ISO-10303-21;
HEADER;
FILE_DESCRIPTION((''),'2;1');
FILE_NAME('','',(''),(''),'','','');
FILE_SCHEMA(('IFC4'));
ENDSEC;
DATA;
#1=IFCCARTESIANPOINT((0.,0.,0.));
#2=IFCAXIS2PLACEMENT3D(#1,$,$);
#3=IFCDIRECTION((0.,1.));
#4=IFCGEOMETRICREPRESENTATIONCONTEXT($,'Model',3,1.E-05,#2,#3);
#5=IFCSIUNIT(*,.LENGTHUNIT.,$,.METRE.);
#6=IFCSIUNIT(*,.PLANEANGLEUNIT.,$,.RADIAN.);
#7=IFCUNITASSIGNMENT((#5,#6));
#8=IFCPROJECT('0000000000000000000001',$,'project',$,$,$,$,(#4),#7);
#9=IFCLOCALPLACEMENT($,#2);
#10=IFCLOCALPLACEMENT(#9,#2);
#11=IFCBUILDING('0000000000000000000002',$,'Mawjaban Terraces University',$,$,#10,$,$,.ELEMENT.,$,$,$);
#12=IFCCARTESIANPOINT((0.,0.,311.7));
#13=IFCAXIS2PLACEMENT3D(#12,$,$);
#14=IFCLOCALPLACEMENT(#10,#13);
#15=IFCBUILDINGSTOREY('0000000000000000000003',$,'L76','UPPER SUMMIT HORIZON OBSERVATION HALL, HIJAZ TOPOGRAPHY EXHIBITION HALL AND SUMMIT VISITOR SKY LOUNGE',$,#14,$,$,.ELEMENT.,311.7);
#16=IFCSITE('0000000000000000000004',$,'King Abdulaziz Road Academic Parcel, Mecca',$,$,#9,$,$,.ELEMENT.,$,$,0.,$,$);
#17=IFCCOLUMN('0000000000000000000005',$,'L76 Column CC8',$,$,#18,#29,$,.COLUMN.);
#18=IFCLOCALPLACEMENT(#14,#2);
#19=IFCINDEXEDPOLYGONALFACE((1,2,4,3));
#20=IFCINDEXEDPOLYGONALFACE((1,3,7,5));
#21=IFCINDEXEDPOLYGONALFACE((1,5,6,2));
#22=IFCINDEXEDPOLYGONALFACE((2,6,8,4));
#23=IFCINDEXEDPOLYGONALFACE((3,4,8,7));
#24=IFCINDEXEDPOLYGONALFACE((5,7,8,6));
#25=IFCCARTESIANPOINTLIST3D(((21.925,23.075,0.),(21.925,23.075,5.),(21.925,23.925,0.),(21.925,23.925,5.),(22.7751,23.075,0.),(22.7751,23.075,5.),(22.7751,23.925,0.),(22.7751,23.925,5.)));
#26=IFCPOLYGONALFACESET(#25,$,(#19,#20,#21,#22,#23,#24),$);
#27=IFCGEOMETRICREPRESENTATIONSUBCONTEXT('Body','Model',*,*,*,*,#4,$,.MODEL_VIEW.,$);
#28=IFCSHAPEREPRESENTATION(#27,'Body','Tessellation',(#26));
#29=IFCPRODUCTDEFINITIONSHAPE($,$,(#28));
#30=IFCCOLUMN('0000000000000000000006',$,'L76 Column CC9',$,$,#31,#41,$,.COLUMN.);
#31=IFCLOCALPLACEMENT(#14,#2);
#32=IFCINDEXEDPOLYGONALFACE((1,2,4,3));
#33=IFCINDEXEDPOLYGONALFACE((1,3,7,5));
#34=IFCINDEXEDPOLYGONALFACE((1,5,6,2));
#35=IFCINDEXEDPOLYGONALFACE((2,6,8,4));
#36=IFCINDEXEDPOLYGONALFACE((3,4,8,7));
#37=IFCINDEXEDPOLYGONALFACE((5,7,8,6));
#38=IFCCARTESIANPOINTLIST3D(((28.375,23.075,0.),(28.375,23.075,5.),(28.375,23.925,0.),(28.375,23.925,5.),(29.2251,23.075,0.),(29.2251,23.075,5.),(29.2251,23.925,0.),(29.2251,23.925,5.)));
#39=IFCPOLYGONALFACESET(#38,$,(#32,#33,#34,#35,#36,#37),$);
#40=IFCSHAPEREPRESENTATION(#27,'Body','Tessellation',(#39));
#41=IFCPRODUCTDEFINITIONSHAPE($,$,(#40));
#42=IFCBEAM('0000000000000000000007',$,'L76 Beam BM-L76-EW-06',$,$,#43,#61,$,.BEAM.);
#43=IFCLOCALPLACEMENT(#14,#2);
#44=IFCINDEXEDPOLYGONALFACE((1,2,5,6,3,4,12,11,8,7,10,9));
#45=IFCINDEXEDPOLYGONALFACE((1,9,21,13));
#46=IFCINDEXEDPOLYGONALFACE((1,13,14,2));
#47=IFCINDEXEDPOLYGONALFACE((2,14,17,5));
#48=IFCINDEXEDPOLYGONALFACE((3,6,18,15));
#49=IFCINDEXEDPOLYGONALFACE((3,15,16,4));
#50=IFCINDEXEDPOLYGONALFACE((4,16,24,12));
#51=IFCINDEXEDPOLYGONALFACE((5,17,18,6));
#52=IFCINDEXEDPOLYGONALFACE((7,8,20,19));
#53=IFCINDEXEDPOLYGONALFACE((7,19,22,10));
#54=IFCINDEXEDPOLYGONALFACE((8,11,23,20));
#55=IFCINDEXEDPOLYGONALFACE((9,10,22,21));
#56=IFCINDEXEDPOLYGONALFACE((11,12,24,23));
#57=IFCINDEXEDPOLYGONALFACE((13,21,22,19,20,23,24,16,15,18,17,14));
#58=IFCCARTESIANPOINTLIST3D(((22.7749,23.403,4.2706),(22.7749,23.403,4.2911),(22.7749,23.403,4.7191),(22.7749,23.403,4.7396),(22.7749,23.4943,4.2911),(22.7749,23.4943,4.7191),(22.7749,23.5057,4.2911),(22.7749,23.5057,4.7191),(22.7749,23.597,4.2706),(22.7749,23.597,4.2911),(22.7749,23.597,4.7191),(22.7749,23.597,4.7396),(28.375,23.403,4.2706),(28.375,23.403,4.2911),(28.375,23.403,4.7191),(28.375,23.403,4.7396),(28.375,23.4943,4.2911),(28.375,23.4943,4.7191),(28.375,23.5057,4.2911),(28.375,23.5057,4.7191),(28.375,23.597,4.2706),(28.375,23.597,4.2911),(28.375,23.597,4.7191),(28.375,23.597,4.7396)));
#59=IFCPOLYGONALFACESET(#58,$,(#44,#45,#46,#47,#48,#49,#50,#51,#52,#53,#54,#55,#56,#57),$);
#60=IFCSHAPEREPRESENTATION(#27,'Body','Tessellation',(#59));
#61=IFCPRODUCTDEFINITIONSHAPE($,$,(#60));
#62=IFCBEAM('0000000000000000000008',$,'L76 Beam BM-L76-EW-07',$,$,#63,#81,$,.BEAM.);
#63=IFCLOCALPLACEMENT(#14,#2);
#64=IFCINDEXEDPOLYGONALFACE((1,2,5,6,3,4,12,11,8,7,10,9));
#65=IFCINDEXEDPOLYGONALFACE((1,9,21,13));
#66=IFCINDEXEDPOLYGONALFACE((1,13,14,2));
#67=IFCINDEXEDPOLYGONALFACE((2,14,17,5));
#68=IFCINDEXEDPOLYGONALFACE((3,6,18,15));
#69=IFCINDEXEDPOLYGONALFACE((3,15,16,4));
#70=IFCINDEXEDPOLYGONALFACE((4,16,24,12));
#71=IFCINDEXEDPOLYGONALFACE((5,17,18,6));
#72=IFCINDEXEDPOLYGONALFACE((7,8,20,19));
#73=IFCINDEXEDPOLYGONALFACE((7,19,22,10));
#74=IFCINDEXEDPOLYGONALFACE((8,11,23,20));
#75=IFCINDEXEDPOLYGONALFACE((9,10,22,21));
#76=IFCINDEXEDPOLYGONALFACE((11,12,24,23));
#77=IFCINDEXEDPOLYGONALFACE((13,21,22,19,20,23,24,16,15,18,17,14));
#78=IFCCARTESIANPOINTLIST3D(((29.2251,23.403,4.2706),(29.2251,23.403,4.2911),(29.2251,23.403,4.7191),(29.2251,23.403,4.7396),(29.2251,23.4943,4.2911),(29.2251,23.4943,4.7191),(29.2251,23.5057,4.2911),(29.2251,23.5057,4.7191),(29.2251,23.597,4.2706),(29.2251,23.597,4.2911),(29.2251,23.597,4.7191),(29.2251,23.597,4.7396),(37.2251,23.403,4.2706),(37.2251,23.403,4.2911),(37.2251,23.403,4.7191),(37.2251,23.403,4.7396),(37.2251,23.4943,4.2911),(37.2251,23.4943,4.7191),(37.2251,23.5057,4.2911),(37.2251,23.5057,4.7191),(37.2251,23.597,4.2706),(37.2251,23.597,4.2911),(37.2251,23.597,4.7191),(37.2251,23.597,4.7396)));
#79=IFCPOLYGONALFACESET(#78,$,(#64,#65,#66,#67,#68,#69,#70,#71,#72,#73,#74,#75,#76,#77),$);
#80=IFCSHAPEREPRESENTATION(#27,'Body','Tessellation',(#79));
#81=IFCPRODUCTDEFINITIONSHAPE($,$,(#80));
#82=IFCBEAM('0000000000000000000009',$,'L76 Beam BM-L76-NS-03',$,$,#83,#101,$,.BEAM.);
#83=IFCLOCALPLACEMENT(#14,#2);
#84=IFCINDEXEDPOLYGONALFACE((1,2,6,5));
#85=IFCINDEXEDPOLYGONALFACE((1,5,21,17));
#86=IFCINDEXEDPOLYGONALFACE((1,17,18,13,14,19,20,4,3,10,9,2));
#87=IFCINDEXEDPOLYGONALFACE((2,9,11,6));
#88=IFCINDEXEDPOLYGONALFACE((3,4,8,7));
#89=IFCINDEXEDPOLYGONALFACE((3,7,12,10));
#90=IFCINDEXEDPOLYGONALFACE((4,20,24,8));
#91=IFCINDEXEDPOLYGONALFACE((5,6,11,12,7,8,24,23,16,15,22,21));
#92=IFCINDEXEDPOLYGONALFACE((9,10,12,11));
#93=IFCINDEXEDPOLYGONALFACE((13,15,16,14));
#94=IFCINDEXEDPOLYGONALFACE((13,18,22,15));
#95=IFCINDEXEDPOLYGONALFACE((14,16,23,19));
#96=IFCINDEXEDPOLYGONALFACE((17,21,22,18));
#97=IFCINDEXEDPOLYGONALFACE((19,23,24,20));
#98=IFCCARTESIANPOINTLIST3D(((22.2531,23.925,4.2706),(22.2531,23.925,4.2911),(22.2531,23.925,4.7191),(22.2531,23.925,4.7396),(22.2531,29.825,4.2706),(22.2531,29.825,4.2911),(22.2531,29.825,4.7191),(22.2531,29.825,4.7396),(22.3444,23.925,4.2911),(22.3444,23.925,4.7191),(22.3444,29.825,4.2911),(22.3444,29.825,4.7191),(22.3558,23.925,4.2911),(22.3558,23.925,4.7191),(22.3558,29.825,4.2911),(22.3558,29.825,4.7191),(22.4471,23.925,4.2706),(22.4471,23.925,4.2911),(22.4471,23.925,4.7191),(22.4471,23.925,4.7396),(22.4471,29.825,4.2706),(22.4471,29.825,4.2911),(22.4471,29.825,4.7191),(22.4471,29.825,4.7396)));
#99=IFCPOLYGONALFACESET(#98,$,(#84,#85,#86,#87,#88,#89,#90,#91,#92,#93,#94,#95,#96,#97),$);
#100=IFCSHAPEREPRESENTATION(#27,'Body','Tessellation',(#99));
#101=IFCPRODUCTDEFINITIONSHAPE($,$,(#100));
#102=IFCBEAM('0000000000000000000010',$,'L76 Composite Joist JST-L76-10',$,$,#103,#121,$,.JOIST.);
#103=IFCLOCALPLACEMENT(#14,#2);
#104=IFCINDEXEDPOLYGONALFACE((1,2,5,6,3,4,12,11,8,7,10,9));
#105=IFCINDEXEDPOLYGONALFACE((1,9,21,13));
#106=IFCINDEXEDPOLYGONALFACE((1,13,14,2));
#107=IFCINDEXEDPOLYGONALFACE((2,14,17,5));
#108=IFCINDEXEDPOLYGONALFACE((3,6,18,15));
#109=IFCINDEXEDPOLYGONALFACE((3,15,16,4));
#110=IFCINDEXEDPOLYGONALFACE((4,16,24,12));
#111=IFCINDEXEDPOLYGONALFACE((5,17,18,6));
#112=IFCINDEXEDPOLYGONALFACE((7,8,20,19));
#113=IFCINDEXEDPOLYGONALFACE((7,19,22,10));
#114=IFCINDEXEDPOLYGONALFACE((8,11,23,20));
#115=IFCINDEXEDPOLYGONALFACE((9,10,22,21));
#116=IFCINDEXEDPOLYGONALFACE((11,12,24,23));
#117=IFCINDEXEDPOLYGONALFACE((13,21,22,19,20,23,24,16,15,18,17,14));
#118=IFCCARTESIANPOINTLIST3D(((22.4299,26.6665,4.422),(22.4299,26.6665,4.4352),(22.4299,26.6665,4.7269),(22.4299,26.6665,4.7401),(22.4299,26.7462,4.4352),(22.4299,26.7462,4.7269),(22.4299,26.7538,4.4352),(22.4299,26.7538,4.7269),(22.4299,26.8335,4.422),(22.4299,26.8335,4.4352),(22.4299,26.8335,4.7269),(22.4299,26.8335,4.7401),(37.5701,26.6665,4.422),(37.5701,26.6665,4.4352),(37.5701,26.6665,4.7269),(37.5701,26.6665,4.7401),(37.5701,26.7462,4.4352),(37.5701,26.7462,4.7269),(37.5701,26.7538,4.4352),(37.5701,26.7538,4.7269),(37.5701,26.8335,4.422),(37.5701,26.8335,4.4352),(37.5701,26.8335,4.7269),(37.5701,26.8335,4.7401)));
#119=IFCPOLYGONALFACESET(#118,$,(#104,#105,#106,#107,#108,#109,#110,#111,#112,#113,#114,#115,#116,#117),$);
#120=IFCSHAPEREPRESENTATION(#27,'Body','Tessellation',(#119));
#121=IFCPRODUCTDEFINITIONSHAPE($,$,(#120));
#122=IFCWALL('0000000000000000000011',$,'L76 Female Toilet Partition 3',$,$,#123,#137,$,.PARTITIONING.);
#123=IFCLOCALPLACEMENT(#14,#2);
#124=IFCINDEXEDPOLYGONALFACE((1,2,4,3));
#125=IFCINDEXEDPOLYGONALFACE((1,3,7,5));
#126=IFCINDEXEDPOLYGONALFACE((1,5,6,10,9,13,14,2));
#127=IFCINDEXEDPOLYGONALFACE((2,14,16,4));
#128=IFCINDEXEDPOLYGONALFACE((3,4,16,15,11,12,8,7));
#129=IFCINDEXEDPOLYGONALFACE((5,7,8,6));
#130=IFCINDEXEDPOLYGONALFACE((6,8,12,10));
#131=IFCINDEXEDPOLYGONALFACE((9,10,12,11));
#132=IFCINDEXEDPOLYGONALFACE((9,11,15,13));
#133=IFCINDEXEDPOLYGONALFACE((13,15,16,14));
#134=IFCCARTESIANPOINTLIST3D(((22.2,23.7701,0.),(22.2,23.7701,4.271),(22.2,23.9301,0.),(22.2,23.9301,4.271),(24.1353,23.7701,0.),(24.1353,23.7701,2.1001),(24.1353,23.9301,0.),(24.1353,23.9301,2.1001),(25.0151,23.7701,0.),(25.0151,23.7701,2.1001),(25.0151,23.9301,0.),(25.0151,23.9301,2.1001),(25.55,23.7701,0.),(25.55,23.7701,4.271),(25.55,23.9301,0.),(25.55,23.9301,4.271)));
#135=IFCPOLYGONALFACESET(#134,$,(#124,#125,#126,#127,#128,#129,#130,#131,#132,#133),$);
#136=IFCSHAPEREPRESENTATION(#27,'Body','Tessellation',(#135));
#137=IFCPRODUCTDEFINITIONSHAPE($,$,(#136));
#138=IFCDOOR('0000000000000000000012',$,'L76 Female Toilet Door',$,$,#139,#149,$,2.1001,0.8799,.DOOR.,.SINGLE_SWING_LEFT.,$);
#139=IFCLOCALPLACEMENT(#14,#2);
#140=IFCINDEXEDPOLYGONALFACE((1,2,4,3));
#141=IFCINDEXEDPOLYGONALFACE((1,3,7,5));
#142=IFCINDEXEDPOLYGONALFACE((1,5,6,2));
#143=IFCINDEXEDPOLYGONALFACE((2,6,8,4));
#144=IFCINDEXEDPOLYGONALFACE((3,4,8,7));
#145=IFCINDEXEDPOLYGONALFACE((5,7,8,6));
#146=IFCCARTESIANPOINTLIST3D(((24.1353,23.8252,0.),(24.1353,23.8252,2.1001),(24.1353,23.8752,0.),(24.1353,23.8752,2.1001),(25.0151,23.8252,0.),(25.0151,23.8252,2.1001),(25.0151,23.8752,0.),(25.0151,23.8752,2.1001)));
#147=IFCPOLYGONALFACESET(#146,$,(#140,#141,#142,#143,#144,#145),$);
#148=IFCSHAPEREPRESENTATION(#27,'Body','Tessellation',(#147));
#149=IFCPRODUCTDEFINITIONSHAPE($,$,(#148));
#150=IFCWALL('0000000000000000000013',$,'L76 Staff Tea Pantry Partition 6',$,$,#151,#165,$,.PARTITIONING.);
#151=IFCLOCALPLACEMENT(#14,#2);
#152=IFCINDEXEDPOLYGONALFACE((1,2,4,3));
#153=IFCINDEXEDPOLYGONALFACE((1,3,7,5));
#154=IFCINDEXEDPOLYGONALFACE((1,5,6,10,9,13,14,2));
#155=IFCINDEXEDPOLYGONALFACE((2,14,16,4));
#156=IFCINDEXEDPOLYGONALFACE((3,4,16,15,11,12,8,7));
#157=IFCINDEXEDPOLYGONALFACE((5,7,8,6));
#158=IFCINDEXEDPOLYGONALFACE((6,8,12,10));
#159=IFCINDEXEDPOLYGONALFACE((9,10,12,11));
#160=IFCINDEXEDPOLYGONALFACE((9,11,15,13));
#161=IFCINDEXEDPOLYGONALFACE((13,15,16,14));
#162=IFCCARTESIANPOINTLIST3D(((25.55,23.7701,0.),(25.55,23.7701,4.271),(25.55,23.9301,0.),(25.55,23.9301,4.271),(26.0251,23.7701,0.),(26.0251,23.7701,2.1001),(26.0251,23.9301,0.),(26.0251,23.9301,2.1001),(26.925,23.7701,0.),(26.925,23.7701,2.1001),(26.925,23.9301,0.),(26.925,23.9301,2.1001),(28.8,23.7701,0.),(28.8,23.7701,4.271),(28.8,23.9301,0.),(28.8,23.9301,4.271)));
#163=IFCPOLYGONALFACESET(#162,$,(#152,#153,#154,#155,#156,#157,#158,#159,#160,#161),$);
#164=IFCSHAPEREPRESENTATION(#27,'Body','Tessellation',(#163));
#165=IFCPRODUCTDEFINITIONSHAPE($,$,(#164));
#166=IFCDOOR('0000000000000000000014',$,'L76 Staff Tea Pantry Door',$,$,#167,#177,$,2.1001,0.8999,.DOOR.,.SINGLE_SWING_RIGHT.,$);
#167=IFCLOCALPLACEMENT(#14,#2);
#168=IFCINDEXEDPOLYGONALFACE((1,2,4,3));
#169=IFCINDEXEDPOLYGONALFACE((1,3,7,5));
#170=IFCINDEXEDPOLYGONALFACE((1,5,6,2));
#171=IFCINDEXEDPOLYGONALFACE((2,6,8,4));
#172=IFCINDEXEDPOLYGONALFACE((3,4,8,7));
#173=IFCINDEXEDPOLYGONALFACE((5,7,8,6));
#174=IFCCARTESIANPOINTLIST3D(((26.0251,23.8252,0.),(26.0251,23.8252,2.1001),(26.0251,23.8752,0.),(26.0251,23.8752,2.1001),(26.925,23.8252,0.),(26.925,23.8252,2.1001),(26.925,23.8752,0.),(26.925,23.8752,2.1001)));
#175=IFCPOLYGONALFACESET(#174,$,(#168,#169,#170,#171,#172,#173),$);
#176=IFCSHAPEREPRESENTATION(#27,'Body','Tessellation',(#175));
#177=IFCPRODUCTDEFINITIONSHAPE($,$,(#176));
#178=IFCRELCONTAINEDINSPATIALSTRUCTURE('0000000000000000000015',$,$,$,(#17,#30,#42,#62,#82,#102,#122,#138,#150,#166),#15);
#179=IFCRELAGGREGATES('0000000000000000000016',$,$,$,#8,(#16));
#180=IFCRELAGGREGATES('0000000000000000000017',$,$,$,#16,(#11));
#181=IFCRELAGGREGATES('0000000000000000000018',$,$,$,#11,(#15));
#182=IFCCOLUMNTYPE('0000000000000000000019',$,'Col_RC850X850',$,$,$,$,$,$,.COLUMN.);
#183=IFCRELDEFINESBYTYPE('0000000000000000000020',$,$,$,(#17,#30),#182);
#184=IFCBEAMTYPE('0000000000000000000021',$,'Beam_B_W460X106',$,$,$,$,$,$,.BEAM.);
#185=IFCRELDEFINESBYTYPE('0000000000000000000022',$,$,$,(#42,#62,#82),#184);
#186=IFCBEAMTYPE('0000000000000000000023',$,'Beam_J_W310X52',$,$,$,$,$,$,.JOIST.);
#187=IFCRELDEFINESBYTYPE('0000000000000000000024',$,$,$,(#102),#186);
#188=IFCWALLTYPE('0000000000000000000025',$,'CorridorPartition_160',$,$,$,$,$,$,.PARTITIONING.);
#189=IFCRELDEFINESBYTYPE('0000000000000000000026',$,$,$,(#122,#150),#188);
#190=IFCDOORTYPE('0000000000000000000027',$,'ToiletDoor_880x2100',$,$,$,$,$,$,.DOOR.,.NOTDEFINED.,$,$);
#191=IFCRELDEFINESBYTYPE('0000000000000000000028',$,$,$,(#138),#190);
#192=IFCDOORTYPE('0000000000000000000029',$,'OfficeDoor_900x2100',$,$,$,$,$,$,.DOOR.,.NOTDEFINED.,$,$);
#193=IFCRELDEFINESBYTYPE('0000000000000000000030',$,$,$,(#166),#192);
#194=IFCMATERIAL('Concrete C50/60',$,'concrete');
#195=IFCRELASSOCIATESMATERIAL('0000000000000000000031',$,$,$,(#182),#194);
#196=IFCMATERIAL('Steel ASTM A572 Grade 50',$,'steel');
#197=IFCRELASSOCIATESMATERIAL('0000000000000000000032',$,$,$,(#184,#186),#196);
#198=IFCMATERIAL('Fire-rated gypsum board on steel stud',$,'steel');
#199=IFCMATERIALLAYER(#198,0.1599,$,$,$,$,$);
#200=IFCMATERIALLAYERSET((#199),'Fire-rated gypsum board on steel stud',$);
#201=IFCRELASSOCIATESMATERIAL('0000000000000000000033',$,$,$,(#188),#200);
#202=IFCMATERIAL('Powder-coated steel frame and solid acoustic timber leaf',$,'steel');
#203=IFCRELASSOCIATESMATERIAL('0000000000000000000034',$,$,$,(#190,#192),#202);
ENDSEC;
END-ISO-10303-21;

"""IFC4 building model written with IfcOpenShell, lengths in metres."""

from ifc_helpers import new_model, si_unit, direction, frame, frame_2d, origin, origin_2d, place, context, subcontext, project, spatial, rectangle, i_section, extrude, material, layer, layer_set, material_profile, profile_set, type_object, element, fill, save


model = new_model("IFC4")

# Units and contexts
model_context = context("Model", 3, precision=1e-05, world=origin(), true_north=direction((0.0, 1.0)))
body_context = subcontext(model_context, "Body", "Model", "MODEL_VIEW")
ifc_project = project(units=[si_unit("LENGTHUNIT", "METRE"), si_unit("PLANEANGLEUNIT", "RADIAN")], contexts=[model_context])

# Site, building, storey
site_placement = place(None, origin())
site = spatial("IfcSite", under=ifc_project, at=site_placement, Name="King Abdulaziz Road Academic Parcel, Mecca", CompositionType="ELEMENT", RefElevation=0.0)
building_placement = place(site_placement, origin())
building = spatial("IfcBuilding", under=site, at=building_placement, Name="Mawjaban Terraces University", CompositionType="ELEMENT")
storey_placement = place(building_placement, frame((0.0, 0.0, 311.7)))
storey = spatial("IfcBuildingStorey", under=building, at=storey_placement, Name="L76", Description="UPPER SUMMIT HORIZON OBSERVATION HALL, HIJAZ TOPOGRAPHY EXHIBITION HALL AND SUMMIT VISITOR SKY LOUNGE", CompositionType="ELEMENT", Elevation=311.7)

# Columns
ifc_material_1 = material(Name="Concrete C50/60", Category="concrete")
ifc_material_profile_1 = material_profile(ifc_material_1, rectangle(XDim=0.8501, YDim=0.8501, at=origin_2d()), Name="RC850X850")
ifc_profile_set_1 = profile_set([ifc_material_profile_1], Name="Concrete C50/60")
column_type = type_object("IfcColumnType", Name="Col_RC850X850", PredefinedType="COLUMN", material=ifc_profile_set_1)
for number, where, z_axis, x_axis, name in (
    (1, (22.3501, 23.5, 0.0), (0.0, 0.0, 1.0), (1.0, 0.0, 0.0), "L76 Column CC8"),
    (2, (28.8, 23.5, 0.0), (0.0, 0.0, 1.0), (1.0, 0.0, 0.0), "L76 Column CC9"),
):
    element("IfcColumn", number, at=place(storey_placement, frame(where, z_axis=z_axis, x_axis=x_axis)), inside=storey, type_object=column_type, Name=name, PredefinedType="COLUMN", context=body_context, shape_type="SweptSolid", body=[
        extrude(rectangle(XDim=0.8501, YDim=0.8501, at=origin_2d()), origin(), (0.0, 0.0, 1.0), 5.0),
    ])

# Beams
ifc_material_2 = material(Name="Steel ASTM A572 Grade 50", Category="steel")
ifc_material_profile_2 = material_profile(ifc_material_2, i_section(OverallWidth=0.1941, OverallDepth=0.469, WebThickness=0.0115, FlangeThickness=0.0205, at=origin_2d()), Name="W460X106")
ifc_profile_set_2 = profile_set([ifc_material_profile_2], Name="Steel ASTM A572 Grade 50")
beam_type_1 = type_object("IfcBeamType", Name="Beam_B_W460X106", PredefinedType="BEAM", material=ifc_profile_set_2)
beam_1_placement = place(storey_placement, frame((22.7749, 23.5, 4.5051), z_axis=(1.0, 0.0, 0.0), x_axis=(0.0, 1.0, 0.0)))
element("IfcBeam", 3, at=beam_1_placement, inside=storey, type_object=beam_type_1, Name="L76 Beam BM-L76-EW-06", PredefinedType="BEAM", context=body_context, shape_type="SweptSolid", body=[
    extrude(i_section(OverallWidth=0.1941, OverallDepth=0.469, WebThickness=0.0115, FlangeThickness=0.0205, at=origin_2d()), origin(), (0.0, 0.0, 1.0), 5.6001),
])
beam_2_placement = place(storey_placement, frame((29.2251, 23.5, 4.5051), z_axis=(1.0, 0.0, 0.0), x_axis=(0.0, 1.0, 0.0)))
element("IfcBeam", 4, at=beam_2_placement, inside=storey, type_object=beam_type_1, Name="L76 Beam BM-L76-EW-07", PredefinedType="BEAM", context=body_context, shape_type="SweptSolid", body=[
    extrude(i_section(OverallWidth=0.1941, OverallDepth=0.469, WebThickness=0.0115, FlangeThickness=0.0205, at=origin_2d()), origin(), (0.0, 0.0, 1.0), 8.0),
])
beam_3_placement = place(storey_placement, frame((22.3501, 23.925, 4.5051), z_axis=(0.0, 1.0, 0.0), x_axis=(-1.0, 0.0, 0.0)))
element("IfcBeam", 5, at=beam_3_placement, inside=storey, type_object=beam_type_1, Name="L76 Beam BM-L76-NS-03", PredefinedType="BEAM", context=body_context, shape_type="SweptSolid", body=[
    extrude(i_section(OverallWidth=0.1941, OverallDepth=0.469, WebThickness=0.0115, FlangeThickness=0.0205, at=origin_2d()), origin(), (0.0, 0.0, 1.0), 5.8999),
])
ifc_material_profile_3 = material_profile(ifc_material_2, i_section(OverallWidth=0.167, OverallDepth=0.3181, WebThickness=0.0076, FlangeThickness=0.0132, at=origin_2d()), Name="W310X52")
ifc_profile_set_3 = profile_set([ifc_material_profile_3], Name="Steel ASTM A572 Grade 50")
beam_type_2 = type_object("IfcBeamType", Name="Beam_J_W310X52", PredefinedType="JOIST", material=ifc_profile_set_3)
beam_4_placement = place(storey_placement, frame((22.4299, 26.75, 4.5811), z_axis=(1.0, 0.0, 0.0), x_axis=(0.0, 1.0, 0.0)))
element("IfcBeam", 6, at=beam_4_placement, inside=storey, type_object=beam_type_2, Name="L76 Composite Joist JST-L76-10", PredefinedType="JOIST", context=body_context, shape_type="SweptSolid", body=[
    extrude(i_section(OverallWidth=0.167, OverallDepth=0.3181, WebThickness=0.0076, FlangeThickness=0.0132, at=origin_2d()), origin(), (0.0, 0.0, 1.0), 15.1401),
])

# Walls, openings, doors
ifc_material_3 = material(Name="Fire-rated gypsum board on steel stud", Category="steel")
ifc_layer_1 = layer(ifc_material_3, 0.1599)
ifc_layer_set_1 = layer_set([ifc_layer_1], Name="Fire-rated gypsum board on steel stud")
wall_type_1 = type_object("IfcWallType", Name="CorridorPartition_160", PredefinedType="PARTITIONING", material=ifc_layer_set_1)
wall_1_placement = place(storey_placement, frame((25.55, 23.8501, 0.0), z_axis=(0.0, 0.0, 1.0), x_axis=(-1.0, 0.0, 0.0)))
wall_1 = element("IfcWall", 7, at=wall_1_placement, inside=storey, type_object=wall_type_1, Name="L76 Female Toilet Partition 3", PredefinedType="PARTITIONING", context=body_context, shape_type="SweptSolid", body=[
    extrude(rectangle(XDim=3.3501, YDim=0.1599, at=frame_2d((1.675, 0.0))), origin(), (0.0, 0.0, 1.0), 4.271),
])
opening_1_placement = place(wall_1_placement, frame((0.5349, 0.0, 0.0)))
opening_1 = element("IfcOpeningElement", 8, at=opening_1_placement, cuts=wall_1, PredefinedType="OPENING", context=body_context, shape_type="SweptSolid", body=[
    extrude(rectangle(XDim=0.8799, YDim=2.1001, at=frame_2d((0.4399, 1.05))), frame((0.0, 0.0898, 0.0), z_axis=(0.0, -1.0, 0.0), x_axis=(1.0, 0.0, 0.0)), (0.0, 0.0, 1.0), 0.1799),
])
ifc_material_4 = material(Name="Powder-coated steel frame and solid acoustic timber leaf", Category="steel")
door_type_1 = type_object("IfcDoorType", Name="ToiletDoor_880x2100", OperationType="NOTDEFINED", PredefinedType="DOOR", material=ifc_material_4)
door_1_placement = place(opening_1_placement, origin())
door_1 = element("IfcDoor", 9, at=door_1_placement, inside=storey, type_object=door_type_1, Name="L76 Female Toilet Door", OperationType="SINGLE_SWING_LEFT", OverallHeight=2.1001, OverallWidth=0.8799, PredefinedType="DOOR", context=body_context, shape_type="SweptSolid", body=[
    extrude(rectangle(XDim=0.8799, YDim=2.1001, at=frame_2d((0.4399, 1.05))), frame((0.0, 0.0249, 0.0), z_axis=(0.0, -1.0, 0.0), x_axis=(1.0, 0.0, 0.0)), (0.0, 0.0, 1.0), 0.05),
])
fill(opening_1, door_1)
wall_2_placement = place(storey_placement, frame((28.8, 23.8501, 0.0), z_axis=(0.0, 0.0, 1.0), x_axis=(-1.0, 0.0, 0.0)))
wall_2 = element("IfcWall", 10, at=wall_2_placement, inside=storey, type_object=wall_type_1, Name="L76 Staff Tea Pantry Partition 6", PredefinedType="PARTITIONING", context=body_context, shape_type="SweptSolid", body=[
    extrude(rectangle(XDim=3.25, YDim=0.1599, at=frame_2d((1.625, 0.0))), origin(), (0.0, 0.0, 1.0), 4.271),
])
opening_2_placement = place(wall_2_placement, frame((1.875, 0.0, 0.0)))
opening_2 = element("IfcOpeningElement", 11, at=opening_2_placement, cuts=wall_2, PredefinedType="OPENING", context=body_context, shape_type="SweptSolid", body=[
    extrude(rectangle(XDim=0.8999, YDim=2.1001, at=frame_2d((0.45, 1.05))), frame((0.0, 0.0898, 0.0), z_axis=(0.0, -1.0, 0.0), x_axis=(1.0, 0.0, 0.0)), (0.0, 0.0, 1.0), 0.1799),
])
door_type_2 = type_object("IfcDoorType", Name="OfficeDoor_900x2100", OperationType="NOTDEFINED", PredefinedType="DOOR", material=ifc_material_4)
door_2_placement = place(opening_2_placement, origin())
door_2 = element("IfcDoor", 12, at=door_2_placement, inside=storey, type_object=door_type_2, Name="L76 Staff Tea Pantry Door", OperationType="SINGLE_SWING_RIGHT", OverallHeight=2.1001, OverallWidth=0.8999, PredefinedType="DOOR", context=body_context, shape_type="SweptSolid", body=[
    extrude(rectangle(XDim=0.8999, YDim=2.1001, at=frame_2d((0.45, 1.05))), frame((0.0, 0.0249, 0.0), z_axis=(0.0, -1.0, 0.0), x_axis=(1.0, 0.0, 0.0)), (0.0, 0.0, 1.0), 0.05),
])
fill(opening_2, door_2)

save(model, "model.ifc")
